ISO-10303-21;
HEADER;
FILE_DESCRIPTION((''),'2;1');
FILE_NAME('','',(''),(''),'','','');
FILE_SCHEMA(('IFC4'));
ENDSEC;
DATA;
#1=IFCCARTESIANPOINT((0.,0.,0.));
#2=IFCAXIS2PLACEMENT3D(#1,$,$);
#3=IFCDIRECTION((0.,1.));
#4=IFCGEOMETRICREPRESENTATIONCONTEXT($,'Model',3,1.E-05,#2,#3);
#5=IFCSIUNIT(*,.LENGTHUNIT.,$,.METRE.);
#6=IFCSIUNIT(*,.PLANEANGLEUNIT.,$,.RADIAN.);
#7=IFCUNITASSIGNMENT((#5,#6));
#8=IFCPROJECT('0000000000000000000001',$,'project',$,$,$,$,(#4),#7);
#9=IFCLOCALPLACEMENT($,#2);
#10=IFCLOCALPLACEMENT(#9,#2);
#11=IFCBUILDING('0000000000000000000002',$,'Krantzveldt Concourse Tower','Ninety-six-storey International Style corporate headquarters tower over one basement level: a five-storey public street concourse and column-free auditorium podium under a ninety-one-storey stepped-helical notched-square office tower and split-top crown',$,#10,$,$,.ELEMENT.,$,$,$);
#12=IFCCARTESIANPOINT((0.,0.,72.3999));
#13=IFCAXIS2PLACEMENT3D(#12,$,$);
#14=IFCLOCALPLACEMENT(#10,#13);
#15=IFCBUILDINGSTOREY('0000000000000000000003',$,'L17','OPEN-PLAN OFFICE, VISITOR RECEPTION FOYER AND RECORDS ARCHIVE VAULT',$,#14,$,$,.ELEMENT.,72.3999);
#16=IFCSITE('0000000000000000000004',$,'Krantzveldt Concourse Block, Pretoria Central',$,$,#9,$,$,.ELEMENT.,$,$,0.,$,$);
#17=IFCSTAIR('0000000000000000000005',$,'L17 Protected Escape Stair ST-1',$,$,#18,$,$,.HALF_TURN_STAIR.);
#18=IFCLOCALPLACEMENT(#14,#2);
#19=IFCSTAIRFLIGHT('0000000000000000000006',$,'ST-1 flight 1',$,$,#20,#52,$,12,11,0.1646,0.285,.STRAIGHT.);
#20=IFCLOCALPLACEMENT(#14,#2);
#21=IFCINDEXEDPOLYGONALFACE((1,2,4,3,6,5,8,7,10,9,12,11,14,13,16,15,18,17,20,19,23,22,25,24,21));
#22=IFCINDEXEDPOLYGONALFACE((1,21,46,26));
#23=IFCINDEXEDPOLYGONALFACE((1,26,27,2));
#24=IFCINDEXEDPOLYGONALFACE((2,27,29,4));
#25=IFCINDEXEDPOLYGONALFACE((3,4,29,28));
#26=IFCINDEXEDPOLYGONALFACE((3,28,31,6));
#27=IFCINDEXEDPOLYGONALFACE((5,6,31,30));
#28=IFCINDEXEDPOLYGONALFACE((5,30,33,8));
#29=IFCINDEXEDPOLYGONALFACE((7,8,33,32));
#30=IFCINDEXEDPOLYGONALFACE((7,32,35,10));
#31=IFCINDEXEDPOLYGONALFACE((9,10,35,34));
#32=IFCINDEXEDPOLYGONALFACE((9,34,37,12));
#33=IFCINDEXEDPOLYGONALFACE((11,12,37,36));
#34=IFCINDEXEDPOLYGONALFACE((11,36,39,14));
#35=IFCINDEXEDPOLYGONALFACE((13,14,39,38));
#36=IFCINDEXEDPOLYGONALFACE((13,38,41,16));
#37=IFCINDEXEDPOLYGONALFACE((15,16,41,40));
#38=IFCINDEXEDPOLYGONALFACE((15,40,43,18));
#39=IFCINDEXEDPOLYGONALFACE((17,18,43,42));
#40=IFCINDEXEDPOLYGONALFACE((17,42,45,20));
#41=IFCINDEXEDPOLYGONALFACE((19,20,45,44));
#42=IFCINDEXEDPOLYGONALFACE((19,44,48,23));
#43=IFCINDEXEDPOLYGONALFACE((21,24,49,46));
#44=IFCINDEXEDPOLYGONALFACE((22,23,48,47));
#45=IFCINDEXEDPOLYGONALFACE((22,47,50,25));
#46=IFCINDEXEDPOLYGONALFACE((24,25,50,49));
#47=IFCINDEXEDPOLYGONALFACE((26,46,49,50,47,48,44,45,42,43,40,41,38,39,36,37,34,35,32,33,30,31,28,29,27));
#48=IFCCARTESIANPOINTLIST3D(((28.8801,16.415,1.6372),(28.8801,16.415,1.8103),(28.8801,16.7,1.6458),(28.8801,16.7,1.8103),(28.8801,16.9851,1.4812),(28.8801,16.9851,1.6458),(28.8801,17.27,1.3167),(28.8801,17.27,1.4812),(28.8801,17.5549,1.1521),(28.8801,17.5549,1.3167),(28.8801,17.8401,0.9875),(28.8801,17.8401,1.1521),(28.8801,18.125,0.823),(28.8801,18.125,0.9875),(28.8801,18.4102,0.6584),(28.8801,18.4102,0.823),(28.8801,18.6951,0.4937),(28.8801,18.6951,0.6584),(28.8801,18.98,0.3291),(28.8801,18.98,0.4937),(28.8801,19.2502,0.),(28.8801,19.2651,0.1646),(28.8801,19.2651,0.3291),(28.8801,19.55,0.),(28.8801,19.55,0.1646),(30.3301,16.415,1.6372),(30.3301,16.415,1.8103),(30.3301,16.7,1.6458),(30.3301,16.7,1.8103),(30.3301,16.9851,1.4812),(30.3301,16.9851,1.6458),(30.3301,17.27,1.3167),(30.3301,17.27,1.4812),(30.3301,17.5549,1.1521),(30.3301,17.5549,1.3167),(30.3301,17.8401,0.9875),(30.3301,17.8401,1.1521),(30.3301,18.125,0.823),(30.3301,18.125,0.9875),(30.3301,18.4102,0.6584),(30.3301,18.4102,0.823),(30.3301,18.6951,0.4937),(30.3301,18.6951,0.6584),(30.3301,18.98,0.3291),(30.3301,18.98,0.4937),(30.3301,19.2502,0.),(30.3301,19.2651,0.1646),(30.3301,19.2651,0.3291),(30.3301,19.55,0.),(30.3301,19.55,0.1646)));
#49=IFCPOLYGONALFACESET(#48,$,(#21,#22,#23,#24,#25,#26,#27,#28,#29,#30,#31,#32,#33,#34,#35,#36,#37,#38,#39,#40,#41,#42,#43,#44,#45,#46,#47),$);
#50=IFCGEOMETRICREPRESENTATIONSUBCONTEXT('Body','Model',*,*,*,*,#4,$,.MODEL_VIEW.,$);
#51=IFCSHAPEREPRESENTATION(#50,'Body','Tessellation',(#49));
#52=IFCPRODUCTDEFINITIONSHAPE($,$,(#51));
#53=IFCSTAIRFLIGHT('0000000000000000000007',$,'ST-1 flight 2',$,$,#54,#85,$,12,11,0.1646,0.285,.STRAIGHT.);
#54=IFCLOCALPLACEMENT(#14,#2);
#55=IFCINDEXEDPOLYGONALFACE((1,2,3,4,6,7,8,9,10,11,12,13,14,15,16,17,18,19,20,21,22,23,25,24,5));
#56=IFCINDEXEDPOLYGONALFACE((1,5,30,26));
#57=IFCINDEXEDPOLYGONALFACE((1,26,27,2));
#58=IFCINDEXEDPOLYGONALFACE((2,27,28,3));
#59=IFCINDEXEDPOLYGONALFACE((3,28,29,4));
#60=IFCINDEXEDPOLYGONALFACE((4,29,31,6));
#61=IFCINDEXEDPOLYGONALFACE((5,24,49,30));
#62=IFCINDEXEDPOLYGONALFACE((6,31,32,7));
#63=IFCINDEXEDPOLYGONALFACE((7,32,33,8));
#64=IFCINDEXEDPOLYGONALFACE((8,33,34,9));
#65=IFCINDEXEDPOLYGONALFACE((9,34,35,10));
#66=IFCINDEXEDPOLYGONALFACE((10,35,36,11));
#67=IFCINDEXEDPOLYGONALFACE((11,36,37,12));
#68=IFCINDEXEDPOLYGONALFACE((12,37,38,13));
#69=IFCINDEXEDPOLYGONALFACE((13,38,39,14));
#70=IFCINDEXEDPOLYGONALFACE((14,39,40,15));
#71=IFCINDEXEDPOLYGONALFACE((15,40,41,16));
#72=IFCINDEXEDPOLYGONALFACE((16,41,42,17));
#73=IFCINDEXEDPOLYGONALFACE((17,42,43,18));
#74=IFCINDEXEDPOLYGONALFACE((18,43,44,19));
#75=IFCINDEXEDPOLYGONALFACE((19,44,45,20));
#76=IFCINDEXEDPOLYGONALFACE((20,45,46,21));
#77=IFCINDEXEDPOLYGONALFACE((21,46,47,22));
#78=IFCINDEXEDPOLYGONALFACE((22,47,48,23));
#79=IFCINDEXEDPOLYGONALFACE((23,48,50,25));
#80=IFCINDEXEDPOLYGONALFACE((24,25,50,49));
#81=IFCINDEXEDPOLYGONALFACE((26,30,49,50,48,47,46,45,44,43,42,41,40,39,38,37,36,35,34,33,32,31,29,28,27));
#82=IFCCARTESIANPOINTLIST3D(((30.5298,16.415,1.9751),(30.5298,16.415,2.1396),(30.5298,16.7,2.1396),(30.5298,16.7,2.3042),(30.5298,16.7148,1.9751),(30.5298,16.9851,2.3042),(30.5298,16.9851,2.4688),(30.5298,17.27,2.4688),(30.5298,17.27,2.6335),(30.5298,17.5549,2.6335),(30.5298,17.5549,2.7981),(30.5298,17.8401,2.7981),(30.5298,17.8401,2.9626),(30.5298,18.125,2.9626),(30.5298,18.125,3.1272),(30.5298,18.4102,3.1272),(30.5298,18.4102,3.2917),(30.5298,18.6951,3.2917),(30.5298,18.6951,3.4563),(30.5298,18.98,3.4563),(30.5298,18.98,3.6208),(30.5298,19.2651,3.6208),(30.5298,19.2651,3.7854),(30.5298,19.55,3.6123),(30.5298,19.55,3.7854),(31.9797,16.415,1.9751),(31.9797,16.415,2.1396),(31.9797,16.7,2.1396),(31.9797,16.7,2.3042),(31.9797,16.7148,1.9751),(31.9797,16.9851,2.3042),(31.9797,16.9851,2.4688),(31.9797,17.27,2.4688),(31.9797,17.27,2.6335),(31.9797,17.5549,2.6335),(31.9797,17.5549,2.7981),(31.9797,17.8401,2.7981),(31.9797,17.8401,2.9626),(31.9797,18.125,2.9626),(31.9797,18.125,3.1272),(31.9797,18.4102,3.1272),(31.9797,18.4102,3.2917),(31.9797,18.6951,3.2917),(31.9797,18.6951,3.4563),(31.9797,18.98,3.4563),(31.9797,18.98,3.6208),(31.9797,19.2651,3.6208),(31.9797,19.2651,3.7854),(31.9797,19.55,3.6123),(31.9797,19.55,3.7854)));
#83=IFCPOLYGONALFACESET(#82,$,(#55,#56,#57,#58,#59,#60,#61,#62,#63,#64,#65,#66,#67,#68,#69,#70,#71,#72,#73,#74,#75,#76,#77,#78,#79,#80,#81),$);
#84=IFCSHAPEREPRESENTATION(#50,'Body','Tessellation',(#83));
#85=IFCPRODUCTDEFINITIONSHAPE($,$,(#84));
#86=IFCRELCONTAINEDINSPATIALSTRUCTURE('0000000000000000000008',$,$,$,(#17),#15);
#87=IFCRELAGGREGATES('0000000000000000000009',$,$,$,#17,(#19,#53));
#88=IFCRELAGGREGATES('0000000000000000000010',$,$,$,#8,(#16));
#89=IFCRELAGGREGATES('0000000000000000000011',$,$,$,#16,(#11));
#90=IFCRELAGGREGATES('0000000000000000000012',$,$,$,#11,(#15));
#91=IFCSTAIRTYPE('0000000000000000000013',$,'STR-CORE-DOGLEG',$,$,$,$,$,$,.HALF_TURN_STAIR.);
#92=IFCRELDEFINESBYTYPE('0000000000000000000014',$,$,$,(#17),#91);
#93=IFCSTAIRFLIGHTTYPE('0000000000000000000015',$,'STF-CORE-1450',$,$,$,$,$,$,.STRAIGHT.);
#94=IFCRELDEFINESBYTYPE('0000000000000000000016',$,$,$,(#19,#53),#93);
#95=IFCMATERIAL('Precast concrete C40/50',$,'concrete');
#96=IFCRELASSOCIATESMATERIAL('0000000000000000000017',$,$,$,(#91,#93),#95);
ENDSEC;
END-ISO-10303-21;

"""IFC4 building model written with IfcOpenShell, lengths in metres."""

from ifc_helpers import new_model, si_unit, direction, frame, origin, place, context, subcontext, project, spatial, polyline, outline, extrude, material, type_object, element, aggregate, save


model = new_model("IFC4")

# Units and contexts
model_context = context("Model", 3, precision=1e-05, world=origin(), true_north=direction((0.0, 1.0)))
body_context = subcontext(model_context, "Body", "Model", "MODEL_VIEW")
ifc_project = project(units=[si_unit("LENGTHUNIT", "METRE"), si_unit("PLANEANGLEUNIT", "RADIAN")], contexts=[model_context])

# Site, building, storey
site_placement = place(None, origin())
site = spatial("IfcSite", under=ifc_project, at=site_placement, Name="Krantzveldt Concourse Block, Pretoria Central", CompositionType="ELEMENT", RefElevation=0.0)
building_placement = place(site_placement, origin())
building = spatial("IfcBuilding", under=site, at=building_placement, Name="Krantzveldt Concourse Tower", Description="Ninety-six-storey International Style corporate headquarters tower over one basement level: a five-storey public street concourse and column-free auditorium podium under a ninety-one-storey stepped-helical notched-square office tower and split-top crown", CompositionType="ELEMENT")
storey_placement = place(building_placement, frame((0.0, 0.0, 72.3999)))
storey = spatial("IfcBuildingStorey", under=building, at=storey_placement, Name="L17", Description="OPEN-PLAN OFFICE, VISITOR RECEPTION FOYER AND RECORDS ARCHIVE VAULT", CompositionType="ELEMENT", Elevation=72.3999)

# Stair, stair flights
ifc_material_1 = material(Name="Precast concrete C40/50", Category="concrete")
stair_type = type_object("IfcStairType", Name="STR-CORE-DOGLEG", PredefinedType="HALF_TURN_STAIR", material=ifc_material_1)
stair_placement = place(storey_placement, origin())
stair = element("IfcStair", 1, at=stair_placement, inside=storey, type_object=stair_type, Name="L17 Protected Escape Stair ST-1", PredefinedType="HALF_TURN_STAIR")
stair_flight_type = type_object("IfcStairFlightType", Name="STF-CORE-1450", PredefinedType="STRAIGHT", material=ifc_material_1)
stair_flight_1_placement = place(storey_placement, frame((29.605, 19.55, 0.0), z_axis=(0.0, 0.0, 1.0), x_axis=(0.0, -1.0, 0.0)))
stair_flight_1 = element("IfcStairFlight", 2, at=stair_flight_1_placement, type_object=stair_flight_type, Name="ST-1 flight 1", NumberOfRisers=12, NumberOfTreads=11, PredefinedType="STRAIGHT", RiserHeight=0.1646, TreadLength=0.285, context=body_context, shape_type="SweptSolid", body=[
    extrude(outline(polyline([(0.0, 0.0), (0.0, 0.1646), (0.2849, 0.1646), (0.2849, 0.3291), (0.5701, 0.3291), (0.5701, 0.4937), (0.855, 0.4937), (0.855, 0.6584), (1.1399, 0.6584), (1.1399, 0.823), (1.425, 0.823), (1.425, 0.9875), (1.71, 0.9875), (1.71, 1.1521), (1.9951, 1.1521), (1.9951, 1.3167), (2.28, 1.3167), (2.28, 1.4812), (2.5649, 1.4812), (2.5649, 1.6458), (2.8501, 1.6458), (2.8501, 1.8103), (3.135, 1.8103), (3.135, 1.9751), (3.135, 1.6372), (0.2998, 0.0), (0.0, 0.0)])), frame((0.0, 0.7251, 0.0), z_axis=(0.0, -1.0, 0.0), x_axis=(1.0, 0.0, 0.0)), (0.0, 0.0, 1.0), 1.45),
])
stair_flight_2_placement = place(storey_placement, frame((31.2549, 16.415, 1.9751), z_axis=(0.0, 0.0, 1.0), x_axis=(0.0, 1.0, 0.0)))
stair_flight_2 = element("IfcStairFlight", 3, at=stair_flight_2_placement, type_object=stair_flight_type, Name="ST-1 flight 2", NumberOfRisers=12, NumberOfTreads=11, PredefinedType="STRAIGHT", RiserHeight=0.1646, TreadLength=0.285, context=body_context, shape_type="SweptSolid", body=[
    extrude(outline(polyline([(0.0, 0.0), (0.0, 0.1646), (0.2849, 0.1646), (0.2849, 0.3291), (0.5701, 0.3291), (0.5701, 0.4937), (0.855, 0.4937), (0.855, 0.6584), (1.1399, 0.6584), (1.1399, 0.823), (1.425, 0.823), (1.425, 0.9875), (1.71, 0.9875), (1.71, 1.1521), (1.9951, 1.1521), (1.9951, 1.3167), (2.28, 1.3167), (2.28, 1.4812), (2.5649, 1.4812), (2.5649, 1.6458), (2.8501, 1.6458), (2.8501, 1.8103), (3.135, 1.8103), (3.135, 1.9751), (3.135, 1.6372), (0.2998, 0.0), (0.0, 0.0)])), frame((0.0, 0.7251, 0.0), z_axis=(0.0, -1.0, 0.0), x_axis=(1.0, 0.0, 0.0)), (0.0, 0.0, 1.0), 1.45),
])
aggregate(stair, [stair_flight_1, stair_flight_2])

save(model, "model.ifc")
